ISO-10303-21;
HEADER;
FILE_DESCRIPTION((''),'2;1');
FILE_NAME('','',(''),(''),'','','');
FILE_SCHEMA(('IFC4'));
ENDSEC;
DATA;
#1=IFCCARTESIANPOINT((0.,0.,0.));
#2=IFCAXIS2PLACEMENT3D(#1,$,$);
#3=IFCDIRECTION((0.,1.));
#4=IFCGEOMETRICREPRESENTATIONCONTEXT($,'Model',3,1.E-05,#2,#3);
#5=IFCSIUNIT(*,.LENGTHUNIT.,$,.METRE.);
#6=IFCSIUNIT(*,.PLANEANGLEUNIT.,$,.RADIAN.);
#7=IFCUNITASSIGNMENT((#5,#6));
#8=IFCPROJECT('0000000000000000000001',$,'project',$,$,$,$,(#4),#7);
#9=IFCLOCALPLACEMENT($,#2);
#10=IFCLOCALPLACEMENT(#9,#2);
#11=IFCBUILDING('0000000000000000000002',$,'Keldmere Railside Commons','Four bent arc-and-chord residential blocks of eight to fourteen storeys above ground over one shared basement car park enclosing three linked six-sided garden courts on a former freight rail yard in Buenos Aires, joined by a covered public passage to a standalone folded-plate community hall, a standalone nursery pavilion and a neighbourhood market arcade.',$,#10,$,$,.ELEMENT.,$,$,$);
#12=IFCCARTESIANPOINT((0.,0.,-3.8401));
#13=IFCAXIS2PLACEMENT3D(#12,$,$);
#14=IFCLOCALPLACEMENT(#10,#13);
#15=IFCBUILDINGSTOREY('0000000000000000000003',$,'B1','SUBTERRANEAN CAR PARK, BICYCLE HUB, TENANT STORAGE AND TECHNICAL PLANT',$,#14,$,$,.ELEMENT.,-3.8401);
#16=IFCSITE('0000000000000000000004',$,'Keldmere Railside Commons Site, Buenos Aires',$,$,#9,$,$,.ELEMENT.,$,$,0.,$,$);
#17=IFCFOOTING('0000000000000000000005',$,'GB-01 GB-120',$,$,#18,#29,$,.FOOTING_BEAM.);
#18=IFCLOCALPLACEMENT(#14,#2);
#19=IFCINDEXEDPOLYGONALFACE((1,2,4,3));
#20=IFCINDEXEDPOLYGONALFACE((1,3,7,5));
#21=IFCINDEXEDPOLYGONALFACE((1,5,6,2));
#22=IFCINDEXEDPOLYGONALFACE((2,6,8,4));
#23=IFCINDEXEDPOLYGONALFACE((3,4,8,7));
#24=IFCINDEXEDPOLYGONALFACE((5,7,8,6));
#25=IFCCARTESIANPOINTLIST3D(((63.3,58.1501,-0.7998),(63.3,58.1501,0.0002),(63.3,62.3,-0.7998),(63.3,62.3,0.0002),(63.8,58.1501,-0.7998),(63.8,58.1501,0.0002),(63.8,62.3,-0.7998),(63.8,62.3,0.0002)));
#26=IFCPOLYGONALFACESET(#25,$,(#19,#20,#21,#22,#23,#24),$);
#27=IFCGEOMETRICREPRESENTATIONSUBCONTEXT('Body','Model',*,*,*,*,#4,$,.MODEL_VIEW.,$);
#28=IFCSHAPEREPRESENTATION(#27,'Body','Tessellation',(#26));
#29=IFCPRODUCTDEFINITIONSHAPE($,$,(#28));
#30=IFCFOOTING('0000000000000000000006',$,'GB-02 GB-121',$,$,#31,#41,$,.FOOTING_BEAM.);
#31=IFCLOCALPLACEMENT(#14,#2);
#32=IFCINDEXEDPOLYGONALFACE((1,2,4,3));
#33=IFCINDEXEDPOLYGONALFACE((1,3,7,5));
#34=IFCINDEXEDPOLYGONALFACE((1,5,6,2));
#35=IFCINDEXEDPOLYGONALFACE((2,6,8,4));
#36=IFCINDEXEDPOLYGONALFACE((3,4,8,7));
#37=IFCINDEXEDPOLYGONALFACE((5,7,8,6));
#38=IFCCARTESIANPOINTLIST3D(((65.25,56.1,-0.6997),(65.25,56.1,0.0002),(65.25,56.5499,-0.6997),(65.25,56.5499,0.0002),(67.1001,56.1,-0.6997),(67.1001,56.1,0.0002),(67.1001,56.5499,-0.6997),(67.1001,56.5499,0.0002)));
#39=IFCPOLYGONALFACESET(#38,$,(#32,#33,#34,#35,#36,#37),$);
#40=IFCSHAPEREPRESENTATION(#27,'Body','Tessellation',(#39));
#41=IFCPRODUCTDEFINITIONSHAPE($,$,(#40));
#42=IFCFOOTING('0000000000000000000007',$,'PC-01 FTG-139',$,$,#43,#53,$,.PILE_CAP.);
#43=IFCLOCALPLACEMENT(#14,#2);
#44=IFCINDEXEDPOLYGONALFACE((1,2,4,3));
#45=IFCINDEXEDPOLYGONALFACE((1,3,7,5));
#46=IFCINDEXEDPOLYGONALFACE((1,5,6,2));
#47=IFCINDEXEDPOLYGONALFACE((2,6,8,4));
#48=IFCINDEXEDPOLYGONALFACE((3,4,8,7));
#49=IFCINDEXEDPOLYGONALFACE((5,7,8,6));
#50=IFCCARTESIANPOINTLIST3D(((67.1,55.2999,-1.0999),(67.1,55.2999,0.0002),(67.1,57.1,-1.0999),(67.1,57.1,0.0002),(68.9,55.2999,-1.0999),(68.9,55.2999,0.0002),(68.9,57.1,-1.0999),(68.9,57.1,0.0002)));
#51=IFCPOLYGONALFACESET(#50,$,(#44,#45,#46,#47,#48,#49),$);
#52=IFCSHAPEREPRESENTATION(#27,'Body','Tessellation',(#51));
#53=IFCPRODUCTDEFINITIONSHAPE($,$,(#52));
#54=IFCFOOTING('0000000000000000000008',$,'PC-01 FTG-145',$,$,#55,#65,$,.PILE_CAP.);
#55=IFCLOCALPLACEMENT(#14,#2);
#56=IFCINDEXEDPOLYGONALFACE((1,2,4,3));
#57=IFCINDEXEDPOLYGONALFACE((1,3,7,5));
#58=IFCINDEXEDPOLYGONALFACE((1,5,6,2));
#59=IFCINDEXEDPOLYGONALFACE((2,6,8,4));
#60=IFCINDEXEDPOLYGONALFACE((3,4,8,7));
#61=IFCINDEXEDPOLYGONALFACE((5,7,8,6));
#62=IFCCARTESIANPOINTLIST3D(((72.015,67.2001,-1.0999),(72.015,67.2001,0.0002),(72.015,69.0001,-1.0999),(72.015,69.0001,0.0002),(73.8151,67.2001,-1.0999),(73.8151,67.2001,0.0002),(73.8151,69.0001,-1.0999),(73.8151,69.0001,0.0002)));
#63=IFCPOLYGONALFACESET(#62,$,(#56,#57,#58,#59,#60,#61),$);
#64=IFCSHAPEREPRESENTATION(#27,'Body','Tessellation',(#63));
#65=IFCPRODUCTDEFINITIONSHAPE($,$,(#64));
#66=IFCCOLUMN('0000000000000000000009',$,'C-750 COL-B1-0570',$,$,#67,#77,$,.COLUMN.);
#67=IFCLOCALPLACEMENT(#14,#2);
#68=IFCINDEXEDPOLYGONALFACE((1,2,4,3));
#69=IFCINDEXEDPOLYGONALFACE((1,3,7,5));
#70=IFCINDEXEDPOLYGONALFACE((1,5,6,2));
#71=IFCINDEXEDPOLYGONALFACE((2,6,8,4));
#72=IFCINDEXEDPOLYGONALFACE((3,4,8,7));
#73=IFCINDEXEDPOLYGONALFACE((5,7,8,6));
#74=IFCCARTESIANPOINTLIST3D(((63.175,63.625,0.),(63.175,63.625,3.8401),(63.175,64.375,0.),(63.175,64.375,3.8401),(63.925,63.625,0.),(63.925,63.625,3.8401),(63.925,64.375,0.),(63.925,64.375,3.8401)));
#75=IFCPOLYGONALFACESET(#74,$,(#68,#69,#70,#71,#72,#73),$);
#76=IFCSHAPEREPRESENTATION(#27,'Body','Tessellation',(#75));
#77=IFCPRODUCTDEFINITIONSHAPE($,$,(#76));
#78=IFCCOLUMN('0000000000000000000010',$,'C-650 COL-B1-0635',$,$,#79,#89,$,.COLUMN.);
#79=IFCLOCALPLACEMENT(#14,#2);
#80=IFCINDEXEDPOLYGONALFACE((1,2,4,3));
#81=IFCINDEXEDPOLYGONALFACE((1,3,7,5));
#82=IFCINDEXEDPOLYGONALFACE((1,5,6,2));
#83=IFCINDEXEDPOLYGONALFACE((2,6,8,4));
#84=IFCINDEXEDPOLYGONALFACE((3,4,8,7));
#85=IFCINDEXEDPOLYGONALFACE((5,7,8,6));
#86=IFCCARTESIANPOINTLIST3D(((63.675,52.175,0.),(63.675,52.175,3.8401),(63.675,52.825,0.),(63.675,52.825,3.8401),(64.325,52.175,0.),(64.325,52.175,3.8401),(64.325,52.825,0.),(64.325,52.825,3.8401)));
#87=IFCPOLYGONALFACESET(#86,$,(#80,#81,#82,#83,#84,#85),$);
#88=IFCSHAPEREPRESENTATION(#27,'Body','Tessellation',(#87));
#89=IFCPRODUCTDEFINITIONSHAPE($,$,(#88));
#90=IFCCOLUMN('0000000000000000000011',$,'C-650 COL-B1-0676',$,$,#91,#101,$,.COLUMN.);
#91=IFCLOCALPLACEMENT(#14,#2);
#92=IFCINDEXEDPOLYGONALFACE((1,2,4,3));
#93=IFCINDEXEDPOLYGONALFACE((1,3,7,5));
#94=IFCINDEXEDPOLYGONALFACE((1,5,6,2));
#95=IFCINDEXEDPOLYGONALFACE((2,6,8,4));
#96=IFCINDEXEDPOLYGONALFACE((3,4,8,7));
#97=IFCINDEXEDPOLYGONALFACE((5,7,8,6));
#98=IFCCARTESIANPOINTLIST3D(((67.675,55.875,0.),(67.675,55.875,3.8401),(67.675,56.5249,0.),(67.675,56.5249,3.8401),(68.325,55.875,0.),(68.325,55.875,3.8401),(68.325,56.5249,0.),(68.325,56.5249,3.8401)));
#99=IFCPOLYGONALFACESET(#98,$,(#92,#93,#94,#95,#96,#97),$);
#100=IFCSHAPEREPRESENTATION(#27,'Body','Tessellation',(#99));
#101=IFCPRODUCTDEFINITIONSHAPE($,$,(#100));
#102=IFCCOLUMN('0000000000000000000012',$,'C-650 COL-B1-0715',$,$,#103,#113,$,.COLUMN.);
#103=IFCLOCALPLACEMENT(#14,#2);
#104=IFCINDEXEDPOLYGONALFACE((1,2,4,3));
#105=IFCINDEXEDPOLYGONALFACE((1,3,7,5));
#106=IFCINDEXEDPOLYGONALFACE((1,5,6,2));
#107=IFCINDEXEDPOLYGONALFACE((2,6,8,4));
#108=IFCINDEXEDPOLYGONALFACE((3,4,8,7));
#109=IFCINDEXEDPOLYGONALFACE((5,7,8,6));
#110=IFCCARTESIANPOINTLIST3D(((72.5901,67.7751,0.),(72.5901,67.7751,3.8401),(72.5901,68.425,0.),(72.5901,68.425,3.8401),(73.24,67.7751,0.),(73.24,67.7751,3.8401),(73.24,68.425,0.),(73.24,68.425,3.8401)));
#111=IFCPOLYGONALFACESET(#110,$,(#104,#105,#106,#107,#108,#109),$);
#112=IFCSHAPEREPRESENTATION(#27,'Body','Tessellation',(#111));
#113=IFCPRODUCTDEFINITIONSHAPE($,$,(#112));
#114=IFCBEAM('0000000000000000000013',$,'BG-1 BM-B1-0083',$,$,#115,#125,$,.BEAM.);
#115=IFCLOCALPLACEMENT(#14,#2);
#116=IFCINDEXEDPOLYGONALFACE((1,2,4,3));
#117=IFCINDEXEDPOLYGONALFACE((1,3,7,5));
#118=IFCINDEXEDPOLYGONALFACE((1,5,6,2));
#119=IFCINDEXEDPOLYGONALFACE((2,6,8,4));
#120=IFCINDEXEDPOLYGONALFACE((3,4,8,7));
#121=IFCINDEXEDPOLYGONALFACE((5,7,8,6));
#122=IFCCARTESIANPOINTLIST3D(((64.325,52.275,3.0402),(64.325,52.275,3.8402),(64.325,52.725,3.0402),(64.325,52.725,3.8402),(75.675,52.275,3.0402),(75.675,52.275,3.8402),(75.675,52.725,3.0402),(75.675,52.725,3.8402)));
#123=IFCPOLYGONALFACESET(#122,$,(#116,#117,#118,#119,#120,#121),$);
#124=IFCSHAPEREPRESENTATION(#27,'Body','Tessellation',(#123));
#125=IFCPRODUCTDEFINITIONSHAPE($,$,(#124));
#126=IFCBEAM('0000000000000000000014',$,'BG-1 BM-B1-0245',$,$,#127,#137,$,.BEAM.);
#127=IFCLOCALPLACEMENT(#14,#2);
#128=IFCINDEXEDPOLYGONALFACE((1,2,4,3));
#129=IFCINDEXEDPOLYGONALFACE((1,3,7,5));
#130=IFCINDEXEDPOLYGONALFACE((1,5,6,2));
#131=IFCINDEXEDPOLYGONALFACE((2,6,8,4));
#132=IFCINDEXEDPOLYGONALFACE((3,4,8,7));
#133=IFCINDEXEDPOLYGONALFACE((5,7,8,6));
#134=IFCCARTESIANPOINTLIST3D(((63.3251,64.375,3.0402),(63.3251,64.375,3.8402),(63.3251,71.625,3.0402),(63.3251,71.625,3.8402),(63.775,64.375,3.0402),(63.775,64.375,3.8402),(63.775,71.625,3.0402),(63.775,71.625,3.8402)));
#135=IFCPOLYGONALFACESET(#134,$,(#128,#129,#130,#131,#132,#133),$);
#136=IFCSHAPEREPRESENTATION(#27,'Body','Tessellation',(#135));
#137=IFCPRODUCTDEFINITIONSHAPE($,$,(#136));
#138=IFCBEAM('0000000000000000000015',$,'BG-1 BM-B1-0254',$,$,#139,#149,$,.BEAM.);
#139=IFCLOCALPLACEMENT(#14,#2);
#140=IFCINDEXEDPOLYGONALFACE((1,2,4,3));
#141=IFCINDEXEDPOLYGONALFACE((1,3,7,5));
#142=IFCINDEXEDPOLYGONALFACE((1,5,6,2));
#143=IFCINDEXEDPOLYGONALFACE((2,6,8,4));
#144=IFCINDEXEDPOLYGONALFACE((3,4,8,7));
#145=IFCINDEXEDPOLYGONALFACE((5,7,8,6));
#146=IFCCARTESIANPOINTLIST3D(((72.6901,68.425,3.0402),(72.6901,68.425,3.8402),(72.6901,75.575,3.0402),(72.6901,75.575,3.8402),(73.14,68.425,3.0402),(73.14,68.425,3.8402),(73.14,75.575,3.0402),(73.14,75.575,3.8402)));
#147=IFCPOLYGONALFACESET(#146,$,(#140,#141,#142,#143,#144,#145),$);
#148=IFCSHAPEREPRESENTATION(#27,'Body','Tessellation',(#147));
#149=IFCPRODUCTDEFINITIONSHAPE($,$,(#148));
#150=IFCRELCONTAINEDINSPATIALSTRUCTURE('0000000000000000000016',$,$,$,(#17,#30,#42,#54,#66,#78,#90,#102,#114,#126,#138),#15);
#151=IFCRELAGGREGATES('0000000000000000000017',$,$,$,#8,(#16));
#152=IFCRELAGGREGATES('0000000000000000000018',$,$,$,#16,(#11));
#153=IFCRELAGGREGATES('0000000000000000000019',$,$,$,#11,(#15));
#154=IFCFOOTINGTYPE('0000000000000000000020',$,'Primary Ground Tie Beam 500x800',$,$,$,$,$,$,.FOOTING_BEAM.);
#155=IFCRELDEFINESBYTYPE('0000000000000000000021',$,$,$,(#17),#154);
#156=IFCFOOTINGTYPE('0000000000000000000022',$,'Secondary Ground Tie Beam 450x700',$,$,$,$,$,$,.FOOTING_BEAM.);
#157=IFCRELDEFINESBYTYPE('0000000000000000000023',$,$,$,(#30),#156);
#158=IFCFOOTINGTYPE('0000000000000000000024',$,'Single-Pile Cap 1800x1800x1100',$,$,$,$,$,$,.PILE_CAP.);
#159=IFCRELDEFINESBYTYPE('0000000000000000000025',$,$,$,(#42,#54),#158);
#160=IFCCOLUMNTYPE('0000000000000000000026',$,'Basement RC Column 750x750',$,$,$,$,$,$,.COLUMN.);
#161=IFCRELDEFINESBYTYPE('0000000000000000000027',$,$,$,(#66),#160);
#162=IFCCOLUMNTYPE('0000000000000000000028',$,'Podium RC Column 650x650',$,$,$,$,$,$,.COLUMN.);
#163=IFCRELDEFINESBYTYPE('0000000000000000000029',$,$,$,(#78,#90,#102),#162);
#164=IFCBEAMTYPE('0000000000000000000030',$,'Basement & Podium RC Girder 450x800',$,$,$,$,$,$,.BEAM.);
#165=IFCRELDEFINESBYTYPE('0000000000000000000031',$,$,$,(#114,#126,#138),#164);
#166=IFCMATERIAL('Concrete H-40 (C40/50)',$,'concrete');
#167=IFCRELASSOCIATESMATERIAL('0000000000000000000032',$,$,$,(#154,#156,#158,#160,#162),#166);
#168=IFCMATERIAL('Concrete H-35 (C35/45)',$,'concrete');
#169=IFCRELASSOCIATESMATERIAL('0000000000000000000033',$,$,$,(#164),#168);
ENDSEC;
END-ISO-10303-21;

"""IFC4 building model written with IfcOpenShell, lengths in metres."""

from ifc_helpers import new_model, si_unit, direction, frame, origin, origin_2d, place, context, subcontext, project, spatial, rectangle, extrude, material, material_profile, profile_set, type_object, element, save


model = new_model("IFC4")

# Units and contexts
model_context = context("Model", 3, precision=1e-05, world=origin(), true_north=direction((0.0, 1.0)))
body_context = subcontext(model_context, "Body", "Model", "MODEL_VIEW")
ifc_project = project(units=[si_unit("LENGTHUNIT", "METRE"), si_unit("PLANEANGLEUNIT", "RADIAN")], contexts=[model_context])

# Site, building, storey
site_placement = place(None, origin())
site = spatial("IfcSite", under=ifc_project, at=site_placement, Name="Keldmere Railside Commons Site, Buenos Aires", CompositionType="ELEMENT", RefElevation=0.0)
building_placement = place(site_placement, origin())
building = spatial("IfcBuilding", under=site, at=building_placement, Name="Keldmere Railside Commons", Description="Four bent arc-and-chord residential blocks of eight to fourteen storeys above ground over one shared basement car park enclosing three linked six-sided garden courts on a former freight rail yard in Buenos Aires, joined by a covered public passage to a standalone folded-plate community hall, a standalone nursery pavilion and a neighbourhood market arcade.", CompositionType="ELEMENT")
storey_placement = place(building_placement, frame((0.0, 0.0, -3.8401)))
storey = spatial("IfcBuildingStorey", under=building, at=storey_placement, Name="B1", Description="SUBTERRANEAN CAR PARK, BICYCLE HUB, TENANT STORAGE AND TECHNICAL PLANT", CompositionType="ELEMENT", Elevation=-3.8401)

# Footings
ifc_material_1 = material(Name="Concrete H-40 (C40/50)", Category="concrete")
footing_type_1 = type_object("IfcFootingType", Name="Primary Ground Tie Beam 500x800", PredefinedType="FOOTING_BEAM", material=ifc_material_1)
footing_1_placement = place(storey_placement, frame((63.55, 60.2251, -0.7998), z_axis=(0.0, 0.0, 1.0), x_axis=(0.0, 1.0, 0.0)))
element("IfcFooting", 1, at=footing_1_placement, inside=storey, type_object=footing_type_1, Name="GB-01 GB-120", PredefinedType="FOOTING_BEAM", context=body_context, shape_type="SweptSolid", body=[
    extrude(rectangle(XDim=4.1499, YDim=0.5, at=origin_2d()), origin(), (0.0, 0.0, 1.0), 0.8),
])
footing_type_2 = type_object("IfcFootingType", Name="Secondary Ground Tie Beam 450x700", PredefinedType="FOOTING_BEAM", material=ifc_material_1)
footing_2_placement = place(storey_placement, frame((66.175, 56.325, -0.6997), z_axis=(0.0, 0.0, 1.0), x_axis=(1.0, 0.0, 0.0)))
element("IfcFooting", 2, at=footing_2_placement, inside=storey, type_object=footing_type_2, Name="GB-02 GB-121", PredefinedType="FOOTING_BEAM", context=body_context, shape_type="SweptSolid", body=[
    extrude(rectangle(XDim=1.8501, YDim=0.45, at=origin_2d()), origin(), (0.0, 0.0, 1.0), 0.7),
])
footing_type_3 = type_object("IfcFootingType", Name="Single-Pile Cap 1800x1800x1100", PredefinedType="PILE_CAP", material=ifc_material_1)
for number, where, z_axis, x_axis, name in (
    (3, (68.0, 56.2, -1.0999), (0.0, 0.0, 1.0), (1.0, 0.0, 0.0), "PC-01 FTG-139"),
    (4, (72.915, 68.1001, -1.0999), (0.0, 0.0, 1.0), (1.0, 0.0, 0.0), "PC-01 FTG-145"),
):
    element("IfcFooting", number, at=place(storey_placement, frame(where, z_axis=z_axis, x_axis=x_axis)), inside=storey, type_object=footing_type_3, Name=name, PredefinedType="PILE_CAP", context=body_context, shape_type="SweptSolid", body=[
        extrude(rectangle(XDim=1.8, YDim=1.8, at=origin_2d()), origin(), (0.0, 0.0, 1.0), 1.1001),
    ])

# Columns
ifc_material_profile_1 = material_profile(ifc_material_1, rectangle(XDim=0.75, YDim=0.75, at=origin_2d()), Name="RC-750x750")
ifc_profile_set_1 = profile_set([ifc_material_profile_1], Name="Concrete H-40 (C40/50)")
column_type_1 = type_object("IfcColumnType", Name="Basement RC Column 750x750", PredefinedType="COLUMN", material=ifc_profile_set_1)
column_placement = place(storey_placement, frame((63.55, 64.0, 0.0), z_axis=(0.0, 0.0, 1.0), x_axis=(1.0, 0.0, 0.0)))
element("IfcColumn", 5, at=column_placement, inside=storey, type_object=column_type_1, Name="C-750 COL-B1-0570", PredefinedType="COLUMN", context=body_context, shape_type="SweptSolid", body=[
    extrude(rectangle(XDim=0.75, YDim=0.75, at=origin_2d()), origin(), (0.0, 0.0, 1.0), 3.8401),
])
ifc_material_profile_2 = material_profile(ifc_material_1, rectangle(XDim=0.6499, YDim=0.6499, at=origin_2d()), Name="RC-650x650")
ifc_profile_set_2 = profile_set([ifc_material_profile_2], Name="Concrete H-40 (C40/50)")
column_type_2 = type_object("IfcColumnType", Name="Podium RC Column 650x650", PredefinedType="COLUMN", material=ifc_profile_set_2)
for number, where, z_axis, x_axis, name in (
    (6, (64.0, 52.5, 0.0), (0.0, 0.0, 1.0), (1.0, 0.0, 0.0), "C-650 COL-B1-0635"),
    (7, (68.0, 56.2, 0.0), (0.0, 0.0, 1.0), (1.0, 0.0, 0.0), "C-650 COL-B1-0676"),
    (8, (72.915, 68.1001, 0.0), (0.0, 0.0, 1.0), (1.0, 0.0, 0.0), "C-650 COL-B1-0715"),
):
    element("IfcColumn", number, at=place(storey_placement, frame(where, z_axis=z_axis, x_axis=x_axis)), inside=storey, type_object=column_type_2, Name=name, PredefinedType="COLUMN", context=body_context, shape_type="SweptSolid", body=[
        extrude(rectangle(XDim=0.6499, YDim=0.6499, at=origin_2d()), origin(), (0.0, 0.0, 1.0), 3.8401),
    ])

# Beams
ifc_material_2 = material(Name="Concrete H-35 (C35/45)", Category="concrete")
ifc_material_profile_3 = material_profile(ifc_material_2, rectangle(XDim=0.45, YDim=0.8, at=origin_2d()), Name="RC-450x800")
ifc_profile_set_3 = profile_set([ifc_material_profile_3], Name="Concrete H-35 (C35/45)")
beam_type = type_object("IfcBeamType", Name="Basement & Podium RC Girder 450x800", PredefinedType="BEAM", material=ifc_profile_set_3)
beam_1_placement = place(storey_placement, frame((64.325, 52.5, 3.4402), z_axis=(1.0, 0.0, 0.0), x_axis=(0.0, 1.0, 0.0)))
element("IfcBeam", 9, at=beam_1_placement, inside=storey, type_object=beam_type, Name="BG-1 BM-B1-0083", PredefinedType="BEAM", context=body_context, shape_type="SweptSolid", body=[
    extrude(rectangle(XDim=0.45, YDim=0.8, at=origin_2d()), origin(), (0.0, 0.0, 1.0), 11.3501),
])
beam_2_placement = place(storey_placement, frame((63.55, 64.375, 3.4402), z_axis=(0.0, 1.0, 0.0), x_axis=(-1.0, 0.0, 0.0)))
element("IfcBeam", 10, at=beam_2_placement, inside=storey, type_object=beam_type, Name="BG-1 BM-B1-0245", PredefinedType="BEAM", context=body_context, shape_type="SweptSolid", body=[
    extrude(rectangle(XDim=0.45, YDim=0.8, at=origin_2d()), origin(), (0.0, 0.0, 1.0), 7.25),
])
beam_3_placement = place(storey_placement, frame((72.915, 68.425, 3.4402), z_axis=(0.0, 1.0, 0.0), x_axis=(-1.0, 0.0, 0.0)))
element("IfcBeam", 11, at=beam_3_placement, inside=storey, type_object=beam_type, Name="BG-1 BM-B1-0254", PredefinedType="BEAM", context=body_context, shape_type="SweptSolid", body=[
    extrude(rectangle(XDim=0.45, YDim=0.8, at=origin_2d()), origin(), (0.0, 0.0, 1.0), 7.1499),
])

save(model, "model.ifc")
